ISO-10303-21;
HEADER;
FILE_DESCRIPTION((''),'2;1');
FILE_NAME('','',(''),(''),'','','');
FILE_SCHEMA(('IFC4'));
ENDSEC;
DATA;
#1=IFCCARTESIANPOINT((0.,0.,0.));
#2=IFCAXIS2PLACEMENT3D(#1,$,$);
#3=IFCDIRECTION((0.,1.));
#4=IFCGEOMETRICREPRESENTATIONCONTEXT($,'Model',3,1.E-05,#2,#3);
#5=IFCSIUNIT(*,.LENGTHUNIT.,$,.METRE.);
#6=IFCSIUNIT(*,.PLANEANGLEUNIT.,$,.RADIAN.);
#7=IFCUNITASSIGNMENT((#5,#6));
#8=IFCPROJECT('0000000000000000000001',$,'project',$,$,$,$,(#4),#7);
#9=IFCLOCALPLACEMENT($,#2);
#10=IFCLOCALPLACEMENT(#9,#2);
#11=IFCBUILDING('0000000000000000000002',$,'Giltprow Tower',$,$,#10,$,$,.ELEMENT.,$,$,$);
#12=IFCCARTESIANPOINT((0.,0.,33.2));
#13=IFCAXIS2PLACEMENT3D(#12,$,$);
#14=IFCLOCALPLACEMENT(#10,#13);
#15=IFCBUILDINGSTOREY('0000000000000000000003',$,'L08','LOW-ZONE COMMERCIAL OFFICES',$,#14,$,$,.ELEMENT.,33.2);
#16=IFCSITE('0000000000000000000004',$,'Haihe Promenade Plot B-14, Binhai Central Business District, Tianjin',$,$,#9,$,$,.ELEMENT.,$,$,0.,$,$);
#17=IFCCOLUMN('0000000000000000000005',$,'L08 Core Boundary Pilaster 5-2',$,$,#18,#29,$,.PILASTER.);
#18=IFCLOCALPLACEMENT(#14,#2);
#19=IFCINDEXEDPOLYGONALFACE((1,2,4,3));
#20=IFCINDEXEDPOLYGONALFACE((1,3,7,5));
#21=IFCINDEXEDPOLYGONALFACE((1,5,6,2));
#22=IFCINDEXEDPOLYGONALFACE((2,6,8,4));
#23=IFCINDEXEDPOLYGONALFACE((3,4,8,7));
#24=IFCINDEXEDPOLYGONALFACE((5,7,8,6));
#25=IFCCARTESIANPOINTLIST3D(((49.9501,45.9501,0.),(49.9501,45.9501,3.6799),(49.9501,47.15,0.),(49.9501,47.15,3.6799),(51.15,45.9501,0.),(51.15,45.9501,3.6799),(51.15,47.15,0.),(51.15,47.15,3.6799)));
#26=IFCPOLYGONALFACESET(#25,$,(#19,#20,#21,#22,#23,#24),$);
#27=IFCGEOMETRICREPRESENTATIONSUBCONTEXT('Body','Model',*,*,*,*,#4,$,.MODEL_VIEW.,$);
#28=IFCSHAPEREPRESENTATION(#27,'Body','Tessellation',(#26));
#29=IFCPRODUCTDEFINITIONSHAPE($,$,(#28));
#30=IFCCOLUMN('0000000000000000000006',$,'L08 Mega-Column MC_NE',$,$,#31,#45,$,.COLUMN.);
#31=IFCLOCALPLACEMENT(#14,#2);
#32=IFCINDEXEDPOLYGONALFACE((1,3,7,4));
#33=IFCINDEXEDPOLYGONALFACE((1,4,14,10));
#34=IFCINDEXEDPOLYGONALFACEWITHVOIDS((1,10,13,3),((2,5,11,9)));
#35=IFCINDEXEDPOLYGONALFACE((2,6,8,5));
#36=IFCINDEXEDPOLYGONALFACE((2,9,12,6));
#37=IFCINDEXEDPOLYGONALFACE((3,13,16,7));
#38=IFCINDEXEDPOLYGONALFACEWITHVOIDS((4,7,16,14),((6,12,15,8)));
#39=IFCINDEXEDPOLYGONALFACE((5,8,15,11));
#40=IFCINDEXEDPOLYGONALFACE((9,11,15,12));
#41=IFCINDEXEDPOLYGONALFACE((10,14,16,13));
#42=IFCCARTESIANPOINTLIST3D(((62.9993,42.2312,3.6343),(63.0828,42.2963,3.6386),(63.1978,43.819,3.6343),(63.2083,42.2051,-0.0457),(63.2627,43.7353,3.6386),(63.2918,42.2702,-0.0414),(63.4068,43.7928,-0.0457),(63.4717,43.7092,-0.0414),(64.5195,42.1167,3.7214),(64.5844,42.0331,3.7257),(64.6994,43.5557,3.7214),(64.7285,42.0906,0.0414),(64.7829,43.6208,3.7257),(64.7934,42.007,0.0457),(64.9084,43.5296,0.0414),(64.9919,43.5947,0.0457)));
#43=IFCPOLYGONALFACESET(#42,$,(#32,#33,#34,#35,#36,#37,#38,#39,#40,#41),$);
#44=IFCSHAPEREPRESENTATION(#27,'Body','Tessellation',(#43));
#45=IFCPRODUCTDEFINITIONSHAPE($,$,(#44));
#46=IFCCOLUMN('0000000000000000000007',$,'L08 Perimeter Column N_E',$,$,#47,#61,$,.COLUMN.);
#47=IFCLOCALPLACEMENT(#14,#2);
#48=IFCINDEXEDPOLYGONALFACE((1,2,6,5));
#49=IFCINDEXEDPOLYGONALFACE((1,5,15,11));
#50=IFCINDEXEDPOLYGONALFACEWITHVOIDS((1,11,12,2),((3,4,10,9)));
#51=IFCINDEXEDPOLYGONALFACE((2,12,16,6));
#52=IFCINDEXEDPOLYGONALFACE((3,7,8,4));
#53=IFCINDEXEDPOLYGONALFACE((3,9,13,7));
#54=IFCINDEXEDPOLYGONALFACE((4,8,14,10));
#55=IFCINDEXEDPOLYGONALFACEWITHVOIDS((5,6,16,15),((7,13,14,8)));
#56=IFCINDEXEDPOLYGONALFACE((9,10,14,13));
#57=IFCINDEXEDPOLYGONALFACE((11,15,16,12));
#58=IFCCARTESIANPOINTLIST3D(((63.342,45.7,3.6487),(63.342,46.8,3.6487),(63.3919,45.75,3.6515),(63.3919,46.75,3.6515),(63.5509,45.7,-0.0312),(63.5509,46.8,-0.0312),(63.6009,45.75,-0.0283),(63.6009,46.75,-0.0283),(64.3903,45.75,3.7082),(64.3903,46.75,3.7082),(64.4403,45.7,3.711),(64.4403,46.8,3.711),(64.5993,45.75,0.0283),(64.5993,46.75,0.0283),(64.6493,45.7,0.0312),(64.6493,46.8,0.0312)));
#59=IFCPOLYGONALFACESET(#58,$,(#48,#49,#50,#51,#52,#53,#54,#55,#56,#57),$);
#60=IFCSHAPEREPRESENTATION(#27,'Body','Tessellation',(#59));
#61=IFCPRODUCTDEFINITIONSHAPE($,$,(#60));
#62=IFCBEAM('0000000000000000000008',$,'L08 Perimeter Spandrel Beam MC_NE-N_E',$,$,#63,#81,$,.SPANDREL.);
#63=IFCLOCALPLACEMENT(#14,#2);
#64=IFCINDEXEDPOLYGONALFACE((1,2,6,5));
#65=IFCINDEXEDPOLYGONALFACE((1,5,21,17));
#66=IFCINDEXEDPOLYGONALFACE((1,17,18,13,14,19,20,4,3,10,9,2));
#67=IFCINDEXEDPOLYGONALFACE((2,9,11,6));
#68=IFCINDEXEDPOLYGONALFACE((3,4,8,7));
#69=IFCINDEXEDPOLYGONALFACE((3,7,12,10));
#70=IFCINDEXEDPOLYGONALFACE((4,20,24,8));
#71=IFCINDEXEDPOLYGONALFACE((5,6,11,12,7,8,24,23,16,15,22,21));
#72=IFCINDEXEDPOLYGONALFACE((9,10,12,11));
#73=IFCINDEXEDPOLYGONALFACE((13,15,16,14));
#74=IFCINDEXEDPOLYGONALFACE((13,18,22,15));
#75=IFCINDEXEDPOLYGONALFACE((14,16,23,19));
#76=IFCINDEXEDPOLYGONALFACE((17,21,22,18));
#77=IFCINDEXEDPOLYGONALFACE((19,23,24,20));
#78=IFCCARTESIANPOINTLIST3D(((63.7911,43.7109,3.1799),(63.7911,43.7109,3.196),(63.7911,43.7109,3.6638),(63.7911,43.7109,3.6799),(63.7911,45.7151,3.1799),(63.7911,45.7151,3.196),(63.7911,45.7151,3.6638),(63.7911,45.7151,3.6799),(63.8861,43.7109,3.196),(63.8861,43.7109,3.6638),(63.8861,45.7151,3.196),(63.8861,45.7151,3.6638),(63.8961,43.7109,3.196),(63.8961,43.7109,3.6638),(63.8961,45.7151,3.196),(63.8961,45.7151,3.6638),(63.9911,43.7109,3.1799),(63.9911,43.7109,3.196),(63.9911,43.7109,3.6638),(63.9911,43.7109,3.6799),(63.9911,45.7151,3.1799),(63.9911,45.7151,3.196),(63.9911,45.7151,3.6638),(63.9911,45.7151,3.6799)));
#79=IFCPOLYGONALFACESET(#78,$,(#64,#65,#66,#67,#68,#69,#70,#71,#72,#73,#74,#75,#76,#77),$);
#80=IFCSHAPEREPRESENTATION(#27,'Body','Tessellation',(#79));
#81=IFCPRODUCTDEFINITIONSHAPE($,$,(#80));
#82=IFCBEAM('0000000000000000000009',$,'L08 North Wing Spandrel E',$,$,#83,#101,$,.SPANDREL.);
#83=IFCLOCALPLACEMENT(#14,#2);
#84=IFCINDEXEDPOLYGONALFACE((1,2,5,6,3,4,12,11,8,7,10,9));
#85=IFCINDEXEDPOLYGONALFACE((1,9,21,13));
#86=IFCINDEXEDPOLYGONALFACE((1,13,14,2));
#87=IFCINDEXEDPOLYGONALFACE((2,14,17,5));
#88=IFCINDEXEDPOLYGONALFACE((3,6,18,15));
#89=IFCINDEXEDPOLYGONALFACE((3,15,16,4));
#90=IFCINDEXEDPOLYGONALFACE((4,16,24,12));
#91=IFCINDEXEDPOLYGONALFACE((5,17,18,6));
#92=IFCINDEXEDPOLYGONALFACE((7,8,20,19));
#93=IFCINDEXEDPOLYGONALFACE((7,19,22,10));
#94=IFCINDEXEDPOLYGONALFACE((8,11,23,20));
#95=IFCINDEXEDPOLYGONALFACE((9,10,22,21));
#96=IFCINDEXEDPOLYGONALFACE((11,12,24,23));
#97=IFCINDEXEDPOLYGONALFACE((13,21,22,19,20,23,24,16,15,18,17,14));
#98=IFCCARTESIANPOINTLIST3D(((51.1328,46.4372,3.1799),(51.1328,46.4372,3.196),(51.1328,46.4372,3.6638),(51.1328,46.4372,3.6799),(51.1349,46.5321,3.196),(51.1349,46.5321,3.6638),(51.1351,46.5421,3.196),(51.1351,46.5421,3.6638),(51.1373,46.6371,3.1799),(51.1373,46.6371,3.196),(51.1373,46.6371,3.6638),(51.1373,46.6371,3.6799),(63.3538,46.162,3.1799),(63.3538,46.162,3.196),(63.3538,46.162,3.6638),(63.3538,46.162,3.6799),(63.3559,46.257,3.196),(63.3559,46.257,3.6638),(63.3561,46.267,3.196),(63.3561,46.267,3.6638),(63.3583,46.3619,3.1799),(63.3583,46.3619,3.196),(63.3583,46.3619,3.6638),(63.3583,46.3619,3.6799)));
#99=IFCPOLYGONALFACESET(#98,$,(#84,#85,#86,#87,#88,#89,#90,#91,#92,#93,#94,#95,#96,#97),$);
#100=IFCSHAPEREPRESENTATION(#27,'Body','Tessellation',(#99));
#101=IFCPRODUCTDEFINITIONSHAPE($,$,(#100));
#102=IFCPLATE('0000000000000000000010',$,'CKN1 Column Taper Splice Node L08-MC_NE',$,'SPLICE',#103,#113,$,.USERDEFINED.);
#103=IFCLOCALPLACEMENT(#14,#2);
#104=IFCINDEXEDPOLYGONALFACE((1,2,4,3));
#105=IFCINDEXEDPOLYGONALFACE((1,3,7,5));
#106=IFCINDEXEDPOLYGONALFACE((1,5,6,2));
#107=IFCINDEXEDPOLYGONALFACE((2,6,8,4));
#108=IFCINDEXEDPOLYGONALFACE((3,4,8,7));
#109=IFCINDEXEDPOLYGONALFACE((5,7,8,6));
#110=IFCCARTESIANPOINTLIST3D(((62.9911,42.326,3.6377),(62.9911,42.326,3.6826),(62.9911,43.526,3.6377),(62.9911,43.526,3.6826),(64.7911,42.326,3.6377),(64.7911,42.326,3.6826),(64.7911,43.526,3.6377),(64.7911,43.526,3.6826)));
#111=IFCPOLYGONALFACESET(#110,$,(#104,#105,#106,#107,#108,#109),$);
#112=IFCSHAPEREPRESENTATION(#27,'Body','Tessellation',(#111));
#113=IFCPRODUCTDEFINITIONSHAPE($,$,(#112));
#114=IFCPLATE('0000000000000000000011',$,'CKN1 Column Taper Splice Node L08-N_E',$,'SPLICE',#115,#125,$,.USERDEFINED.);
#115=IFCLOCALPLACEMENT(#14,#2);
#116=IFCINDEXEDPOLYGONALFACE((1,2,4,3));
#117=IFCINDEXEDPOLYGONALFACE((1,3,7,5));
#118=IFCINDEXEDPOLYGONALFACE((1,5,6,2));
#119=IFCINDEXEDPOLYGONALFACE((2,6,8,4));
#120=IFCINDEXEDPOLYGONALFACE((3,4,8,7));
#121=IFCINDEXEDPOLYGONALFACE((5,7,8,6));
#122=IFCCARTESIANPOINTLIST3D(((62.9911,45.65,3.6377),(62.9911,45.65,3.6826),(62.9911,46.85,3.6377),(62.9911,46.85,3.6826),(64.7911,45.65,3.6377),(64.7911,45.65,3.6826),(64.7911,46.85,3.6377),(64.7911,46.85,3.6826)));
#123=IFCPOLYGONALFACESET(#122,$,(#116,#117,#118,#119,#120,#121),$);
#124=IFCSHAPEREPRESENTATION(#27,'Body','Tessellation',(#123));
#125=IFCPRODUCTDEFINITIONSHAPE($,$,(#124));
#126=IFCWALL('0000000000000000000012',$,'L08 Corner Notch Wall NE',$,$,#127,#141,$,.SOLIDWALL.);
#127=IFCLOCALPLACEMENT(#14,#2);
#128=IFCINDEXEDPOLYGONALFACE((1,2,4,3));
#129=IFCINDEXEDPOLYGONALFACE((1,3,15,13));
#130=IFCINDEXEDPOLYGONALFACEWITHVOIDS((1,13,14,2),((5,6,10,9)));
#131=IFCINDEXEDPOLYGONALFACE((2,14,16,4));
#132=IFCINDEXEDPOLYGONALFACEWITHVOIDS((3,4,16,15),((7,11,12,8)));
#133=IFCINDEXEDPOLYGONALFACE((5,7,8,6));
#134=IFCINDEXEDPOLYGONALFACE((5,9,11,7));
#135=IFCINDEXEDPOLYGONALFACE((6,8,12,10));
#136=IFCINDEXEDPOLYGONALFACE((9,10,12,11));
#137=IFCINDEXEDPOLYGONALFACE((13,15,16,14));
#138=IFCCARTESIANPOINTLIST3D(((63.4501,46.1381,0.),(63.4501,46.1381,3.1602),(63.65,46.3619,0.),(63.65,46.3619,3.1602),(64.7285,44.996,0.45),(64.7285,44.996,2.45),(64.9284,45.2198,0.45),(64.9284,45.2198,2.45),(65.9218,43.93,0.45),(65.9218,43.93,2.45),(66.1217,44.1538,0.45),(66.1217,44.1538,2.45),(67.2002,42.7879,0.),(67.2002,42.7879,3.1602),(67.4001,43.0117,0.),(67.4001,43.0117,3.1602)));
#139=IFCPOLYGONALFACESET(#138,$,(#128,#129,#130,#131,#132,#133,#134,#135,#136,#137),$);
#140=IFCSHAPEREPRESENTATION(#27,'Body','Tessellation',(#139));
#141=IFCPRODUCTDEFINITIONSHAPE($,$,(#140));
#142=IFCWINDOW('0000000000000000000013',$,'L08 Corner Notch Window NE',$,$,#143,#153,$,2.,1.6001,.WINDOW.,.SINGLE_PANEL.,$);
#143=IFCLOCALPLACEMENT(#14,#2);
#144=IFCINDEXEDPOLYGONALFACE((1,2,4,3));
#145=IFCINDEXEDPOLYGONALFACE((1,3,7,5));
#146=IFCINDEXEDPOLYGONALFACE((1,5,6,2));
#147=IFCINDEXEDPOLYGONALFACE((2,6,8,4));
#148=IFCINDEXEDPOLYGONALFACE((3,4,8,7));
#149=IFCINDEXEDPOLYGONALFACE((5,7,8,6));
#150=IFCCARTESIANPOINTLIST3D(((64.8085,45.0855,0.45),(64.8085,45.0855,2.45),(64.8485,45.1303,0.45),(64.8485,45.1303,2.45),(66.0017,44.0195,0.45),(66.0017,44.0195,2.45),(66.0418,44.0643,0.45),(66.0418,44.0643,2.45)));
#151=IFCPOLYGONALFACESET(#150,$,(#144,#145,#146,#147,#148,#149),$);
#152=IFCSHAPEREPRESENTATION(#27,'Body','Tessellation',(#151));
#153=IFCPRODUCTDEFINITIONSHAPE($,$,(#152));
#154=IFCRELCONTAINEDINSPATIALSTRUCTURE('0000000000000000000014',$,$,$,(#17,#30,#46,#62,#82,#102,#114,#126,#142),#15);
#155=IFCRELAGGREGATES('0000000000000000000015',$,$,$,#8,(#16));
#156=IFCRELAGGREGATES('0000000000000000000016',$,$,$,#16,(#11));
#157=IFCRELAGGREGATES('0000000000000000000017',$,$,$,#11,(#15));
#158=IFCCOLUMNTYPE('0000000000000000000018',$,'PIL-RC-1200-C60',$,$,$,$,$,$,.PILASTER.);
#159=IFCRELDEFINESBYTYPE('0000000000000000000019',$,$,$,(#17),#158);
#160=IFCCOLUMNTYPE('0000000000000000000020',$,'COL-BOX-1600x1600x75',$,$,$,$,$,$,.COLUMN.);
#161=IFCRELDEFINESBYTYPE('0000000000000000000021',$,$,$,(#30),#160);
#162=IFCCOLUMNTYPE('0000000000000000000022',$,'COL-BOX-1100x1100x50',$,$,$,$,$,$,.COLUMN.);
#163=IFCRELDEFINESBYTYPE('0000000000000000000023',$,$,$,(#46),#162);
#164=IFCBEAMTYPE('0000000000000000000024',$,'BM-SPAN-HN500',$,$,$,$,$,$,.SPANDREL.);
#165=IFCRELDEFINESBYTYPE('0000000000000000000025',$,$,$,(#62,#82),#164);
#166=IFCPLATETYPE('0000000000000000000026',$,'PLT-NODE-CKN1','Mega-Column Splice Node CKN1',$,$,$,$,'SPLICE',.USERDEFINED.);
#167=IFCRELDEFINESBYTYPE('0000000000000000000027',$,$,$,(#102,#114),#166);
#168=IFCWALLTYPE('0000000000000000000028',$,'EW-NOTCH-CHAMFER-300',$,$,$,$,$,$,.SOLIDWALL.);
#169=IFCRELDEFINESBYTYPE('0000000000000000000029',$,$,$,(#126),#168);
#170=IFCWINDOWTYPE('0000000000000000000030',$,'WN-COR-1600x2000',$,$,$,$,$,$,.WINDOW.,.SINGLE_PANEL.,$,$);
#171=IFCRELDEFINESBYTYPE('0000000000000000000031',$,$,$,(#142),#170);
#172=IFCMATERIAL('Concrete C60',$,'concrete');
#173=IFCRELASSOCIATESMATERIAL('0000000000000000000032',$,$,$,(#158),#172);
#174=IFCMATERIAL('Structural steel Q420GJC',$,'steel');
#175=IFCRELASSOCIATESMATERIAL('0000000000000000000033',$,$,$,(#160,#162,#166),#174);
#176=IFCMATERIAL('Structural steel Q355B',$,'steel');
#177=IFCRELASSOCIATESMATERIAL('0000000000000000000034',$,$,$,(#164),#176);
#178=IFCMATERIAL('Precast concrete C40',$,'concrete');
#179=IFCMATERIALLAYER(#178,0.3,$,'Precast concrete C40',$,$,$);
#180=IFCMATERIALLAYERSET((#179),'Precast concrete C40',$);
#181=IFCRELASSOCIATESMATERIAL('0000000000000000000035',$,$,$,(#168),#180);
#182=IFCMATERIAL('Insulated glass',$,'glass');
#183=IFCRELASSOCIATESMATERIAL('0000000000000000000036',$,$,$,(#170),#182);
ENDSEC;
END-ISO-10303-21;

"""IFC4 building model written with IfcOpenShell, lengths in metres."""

from ifc_helpers import new_model, si_unit, direction, frame, frame_2d, origin, origin_2d, place, context, subcontext, project, spatial, rectangle, hollow_rectangle, i_section, extrude, source, transform, mapped, material, layer, layer_set, material_profile, profile_set, type_object, element, fill, save


model = new_model("IFC4")

# Units and contexts
model_context = context("Model", 3, precision=1e-05, world=origin(), true_north=direction((0.0, 1.0)))
body_context = subcontext(model_context, "Body", "Model", "MODEL_VIEW")
ifc_project = project(units=[si_unit("LENGTHUNIT", "METRE"), si_unit("PLANEANGLEUNIT", "RADIAN")], contexts=[model_context])

# Site, building, storey
site_placement = place(None, origin())
site = spatial("IfcSite", under=ifc_project, at=site_placement, Name="Haihe Promenade Plot B-14, Binhai Central Business District, Tianjin", CompositionType="ELEMENT", RefElevation=0.0)
building_placement = place(site_placement, origin())
building = spatial("IfcBuilding", under=site, at=building_placement, Name="Giltprow Tower", CompositionType="ELEMENT")
storey_placement = place(building_placement, frame((0.0, 0.0, 33.2)))
storey = spatial("IfcBuildingStorey", under=building, at=storey_placement, Name="L08", Description="LOW-ZONE COMMERCIAL OFFICES", CompositionType="ELEMENT", Elevation=33.2)

# Columns
ifc_material_1 = material(Name="Concrete C60", Category="concrete")
ifc_material_profile_1 = material_profile(ifc_material_1, rectangle(XDim=1.2, YDim=1.2, at=origin_2d()), Name="RC 1200x1200")
ifc_profile_set_1 = profile_set([ifc_material_profile_1], Name="Concrete C60")
column_type_1 = type_object("IfcColumnType", Name="PIL-RC-1200-C60", PredefinedType="PILASTER", material=ifc_profile_set_1)
shared_shape_1 = source(origin(), body_context, "Body", "SweptSolid", [
    extrude(rectangle(XDim=1.2, YDim=1.2, at=origin_2d()), origin(), (0.0, 0.0, 1.0), 3.6799),
])
column_1_placement = place(storey_placement, frame((50.55, 46.55, 0.0), z_axis=(0.0, 0.0, 1.0), x_axis=(1.0, 0.0, 0.0)))
element("IfcColumn", 1, at=column_1_placement, inside=storey, type_object=column_type_1, Name="L08 Core Boundary Pilaster 5-2", PredefinedType="PILASTER", context=body_context, shape_type="MappedRepresentation", body=[
    mapped(shared_shape_1, transform((0.0, 0.0, 0.0), x_axis=(1.0, 0.0, 0.0), y_axis=(0.0, 1.0, 0.0), z_axis=(0.0, 0.0, 1.0), scale=1.0)),
])
ifc_material_2 = material(Name="Structural steel Q420GJC", Category="steel")
ifc_material_profile_2 = material_profile(ifc_material_2, hollow_rectangle(XDim=1.6001, YDim=1.6001, WallThickness=0.075, at=origin_2d()), Name="BOX 1600x1600x75")
ifc_profile_set_2 = profile_set([ifc_material_profile_2], Name="Structural steel Q420GJC")
column_type_2 = type_object("IfcColumnType", Name="COL-BOX-1600x1600x75", PredefinedType="COLUMN", material=ifc_profile_set_2)
shared_shape_2 = source(origin(), body_context, "Body", "SweptSolid", [
    extrude(hollow_rectangle(XDim=1.6001, YDim=1.6001, WallThickness=0.075, at=origin_2d()), origin(), (0.0, 0.0, 1.0), 3.686),
])
column_2_placement = place(storey_placement, frame((64.1001, 42.8999, 0.0), z_axis=(-0.056698, 0.007087, 0.998366), x_axis=(-0.124035, -0.992278, 0.0)))
element("IfcColumn", 2, at=column_2_placement, inside=storey, type_object=column_type_2, Name="L08 Mega-Column MC_NE", PredefinedType="COLUMN", context=body_context, shape_type="MappedRepresentation", body=[
    mapped(shared_shape_2, transform((0.0, 0.0, 0.0), x_axis=(1.0, 0.0, 0.0), y_axis=(0.0, 1.0, 0.0), z_axis=(0.0, 0.0, 1.0), scale=1.0)),
])
ifc_material_profile_3 = material_profile(ifc_material_2, hollow_rectangle(XDim=1.1001, YDim=1.1001, WallThickness=0.05, at=origin_2d()), Name="BOX 1100x1100x50")
ifc_profile_set_3 = profile_set([ifc_material_profile_3], Name="Structural steel Q420GJC")
column_type_3 = type_object("IfcColumnType", Name="COL-BOX-1100x1100x50", PredefinedType="COLUMN", material=ifc_profile_set_3)
shared_shape_3 = source(origin(), body_context, "Body", "SweptSolid", [
    extrude(hollow_rectangle(XDim=1.1001, YDim=1.1001, WallThickness=0.05, at=origin_2d()), origin(), (0.0, 0.0, 1.0), 3.6858),
])
column_3_placement = place(storey_placement, frame((64.1001, 46.25, 0.0), z_axis=(-0.056699, 0.0, 0.998391), x_axis=(0.0, -1.0, 0.0)))
element("IfcColumn", 3, at=column_3_placement, inside=storey, type_object=column_type_3, Name="L08 Perimeter Column N_E", PredefinedType="COLUMN", context=body_context, shape_type="MappedRepresentation", body=[
    mapped(shared_shape_3, transform((0.0, 0.0, 0.0), x_axis=(1.0, 0.0, 0.0), y_axis=(0.0, 1.0, 0.0), z_axis=(0.0, 0.0, 1.0), scale=1.0)),
])

# Beams
ifc_material_3 = material(Name="Structural steel Q355B", Category="steel")
ifc_material_profile_4 = material_profile(ifc_material_3, i_section(OverallWidth=0.2, OverallDepth=0.5, WebThickness=0.01, FlangeThickness=0.0161, at=origin_2d()), Name="HN 500x200x10x16")
ifc_profile_set_4 = profile_set([ifc_material_profile_4], Name="Structural steel Q355B")
beam_type = type_object("IfcBeamType", Name="BM-SPAN-HN500", PredefinedType="SPANDREL", material=ifc_profile_set_4)
shared_shape_4 = source(origin(), body_context, "Body", "SweptSolid", [
    extrude(i_section(OverallWidth=0.2, OverallDepth=0.5, WebThickness=0.01, FlangeThickness=0.0161, at=origin_2d()), origin(), (0.0, 0.0, 1.0), 2.0042),
])
beam_1_placement = place(storey_placement, frame((63.8911, 43.7109, 3.4299), z_axis=(0.0, 1.0, 0.0), x_axis=(-1.0, 0.0, 0.0)))
element("IfcBeam", 4, at=beam_1_placement, inside=storey, type_object=beam_type, Name="L08 Perimeter Spandrel Beam MC_NE-N_E", PredefinedType="SPANDREL", context=body_context, shape_type="MappedRepresentation", body=[
    mapped(shared_shape_4, transform((0.0, 0.0, 0.0), x_axis=(1.0, 0.0, 0.0), y_axis=(0.0, 1.0, 0.0), z_axis=(0.0, 0.0, 1.0), scale=1.0)),
])
shared_shape_5 = source(origin(), body_context, "Body", "SweptSolid", [
    extrude(i_section(OverallWidth=0.2, OverallDepth=0.5, WebThickness=0.01, FlangeThickness=0.0161, at=origin_2d()), origin(), (0.0, 0.0, 1.0), 12.2241),
])
beam_2_placement = place(storey_placement, frame((51.135, 46.5371, 3.4299), z_axis=(0.999747, -0.022509, 0.0), x_axis=(0.022509, 0.999747, 0.0)))
element("IfcBeam", 5, at=beam_2_placement, inside=storey, type_object=beam_type, Name="L08 North Wing Spandrel E", PredefinedType="SPANDREL", context=body_context, shape_type="MappedRepresentation", body=[
    mapped(shared_shape_5, transform((0.0, 0.0, 0.0), x_axis=(1.0, 0.0, 0.0), y_axis=(0.0, 1.0, 0.0), z_axis=(0.0, 0.0, 1.0), scale=1.0)),
])

# Plates
plate_type = type_object("IfcPlateType", Name="PLT-NODE-CKN1", Description="Mega-Column Splice Node CKN1", ElementType="SPLICE", PredefinedType="USERDEFINED", material=ifc_material_2)
shared_shape_6 = source(origin(), body_context, "Body", "SweptSolid", [
    extrude(rectangle(XDim=1.8, YDim=1.2, at=origin_2d()), origin(), (0.0, 0.0, 1.0), 0.0449),
])
for number, where, z_axis, x_axis, name in (
    (6, (63.8911, 42.926, 3.6377), (0.0, 0.0, 1.0), (1.0, 0.0, 0.0), "CKN1 Column Taper Splice Node L08-MC_NE"),
    (7, (63.8911, 46.25, 3.6377), (0.0, 0.0, 1.0), (1.0, 0.0, 0.0), "CKN1 Column Taper Splice Node L08-N_E"),
):
    element("IfcPlate", number, at=place(storey_placement, frame(where, z_axis=z_axis, x_axis=x_axis)), inside=storey, type_object=plate_type, Name=name, ObjectType="SPLICE", PredefinedType="USERDEFINED", context=body_context, shape_type="MappedRepresentation", body=[
        mapped(shared_shape_6, transform((0.0, 0.0, 0.0), x_axis=(1.0, 0.0, 0.0), y_axis=(0.0, 1.0, 0.0), z_axis=(0.0, 0.0, 1.0), scale=1.0)),
    ])

# Wall, opening, window
ifc_material_4 = material(Name="Precast concrete C40", Category="concrete")
ifc_layer_1 = layer(ifc_material_4, 0.3, Name="Precast concrete C40")
ifc_layer_set_1 = layer_set([ifc_layer_1], Name="Precast concrete C40")
wall_type_1 = type_object("IfcWallType", Name="EW-NOTCH-CHAMFER-300", PredefinedType="SOLIDWALL", material=ifc_layer_set_1)
wall_1_placement = place(storey_placement, frame((67.3, 42.8999, 0.0), z_axis=(0.0, 0.0, 1.0), x_axis=(-0.745752, 0.666224, 0.0)))
wall_1 = element("IfcWall", 8, at=wall_1_placement, inside=storey, type_object=wall_type_1, Name="L08 Corner Notch Wall NE", PredefinedType="SOLIDWALL", context=body_context, shape_type="SweptSolid", body=[
    extrude(rectangle(XDim=5.0286, YDim=0.3, at=frame_2d((2.5142, 0.0))), origin(), (0.0, 0.0, 1.0), 3.1602),
])
opening_1_placement = place(wall_1_placement, frame((1.7141, 0.0, 0.45)))
opening_1 = element("IfcOpeningElement", 9, at=opening_1_placement, cuts=wall_1, PredefinedType="OPENING", context=body_context, shape_type="SweptSolid", body=[
    extrude(rectangle(XDim=1.6001, YDim=2.0, at=frame_2d((0.8, 1.0))), frame((0.0, 0.1599, 0.0), z_axis=(0.0, -1.0, 0.0), x_axis=(1.0, 0.0, 0.0)), (0.0, 0.0, 1.0), 0.3201),
])
ifc_material_5 = material(Name="Insulated glass", Category="glass")
window_type = type_object("IfcWindowType", Name="WN-COR-1600x2000", PartitioningType="SINGLE_PANEL", PredefinedType="WINDOW", material=ifc_material_5)
shared_shape_7 = source(origin(), body_context, "Body", "SweptSolid", [
    extrude(rectangle(XDim=1.6001, YDim=2.0, at=frame_2d((0.8, 1.0))), frame((0.0, 0.03, 0.0), z_axis=(0.0, -1.0, 0.0), x_axis=(1.0, 0.0, 0.0)), (0.0, 0.0, 1.0), 0.0601),
])
window_1_placement = place(opening_1_placement, origin())
window_1 = element("IfcWindow", 10, at=window_1_placement, inside=storey, type_object=window_type, Name="L08 Corner Notch Window NE", OverallHeight=2.0, OverallWidth=1.6001, PartitioningType="SINGLE_PANEL", PredefinedType="WINDOW", context=body_context, shape_type="MappedRepresentation", body=[
    mapped(shared_shape_7, transform((0.0, 0.0, 0.0), x_axis=(1.0, 0.0, 0.0), y_axis=(0.0, 1.0, 0.0), z_axis=(0.0, 0.0, 1.0), scale=1.0)),
])
fill(opening_1, window_1)

save(model, "model.ifc")
